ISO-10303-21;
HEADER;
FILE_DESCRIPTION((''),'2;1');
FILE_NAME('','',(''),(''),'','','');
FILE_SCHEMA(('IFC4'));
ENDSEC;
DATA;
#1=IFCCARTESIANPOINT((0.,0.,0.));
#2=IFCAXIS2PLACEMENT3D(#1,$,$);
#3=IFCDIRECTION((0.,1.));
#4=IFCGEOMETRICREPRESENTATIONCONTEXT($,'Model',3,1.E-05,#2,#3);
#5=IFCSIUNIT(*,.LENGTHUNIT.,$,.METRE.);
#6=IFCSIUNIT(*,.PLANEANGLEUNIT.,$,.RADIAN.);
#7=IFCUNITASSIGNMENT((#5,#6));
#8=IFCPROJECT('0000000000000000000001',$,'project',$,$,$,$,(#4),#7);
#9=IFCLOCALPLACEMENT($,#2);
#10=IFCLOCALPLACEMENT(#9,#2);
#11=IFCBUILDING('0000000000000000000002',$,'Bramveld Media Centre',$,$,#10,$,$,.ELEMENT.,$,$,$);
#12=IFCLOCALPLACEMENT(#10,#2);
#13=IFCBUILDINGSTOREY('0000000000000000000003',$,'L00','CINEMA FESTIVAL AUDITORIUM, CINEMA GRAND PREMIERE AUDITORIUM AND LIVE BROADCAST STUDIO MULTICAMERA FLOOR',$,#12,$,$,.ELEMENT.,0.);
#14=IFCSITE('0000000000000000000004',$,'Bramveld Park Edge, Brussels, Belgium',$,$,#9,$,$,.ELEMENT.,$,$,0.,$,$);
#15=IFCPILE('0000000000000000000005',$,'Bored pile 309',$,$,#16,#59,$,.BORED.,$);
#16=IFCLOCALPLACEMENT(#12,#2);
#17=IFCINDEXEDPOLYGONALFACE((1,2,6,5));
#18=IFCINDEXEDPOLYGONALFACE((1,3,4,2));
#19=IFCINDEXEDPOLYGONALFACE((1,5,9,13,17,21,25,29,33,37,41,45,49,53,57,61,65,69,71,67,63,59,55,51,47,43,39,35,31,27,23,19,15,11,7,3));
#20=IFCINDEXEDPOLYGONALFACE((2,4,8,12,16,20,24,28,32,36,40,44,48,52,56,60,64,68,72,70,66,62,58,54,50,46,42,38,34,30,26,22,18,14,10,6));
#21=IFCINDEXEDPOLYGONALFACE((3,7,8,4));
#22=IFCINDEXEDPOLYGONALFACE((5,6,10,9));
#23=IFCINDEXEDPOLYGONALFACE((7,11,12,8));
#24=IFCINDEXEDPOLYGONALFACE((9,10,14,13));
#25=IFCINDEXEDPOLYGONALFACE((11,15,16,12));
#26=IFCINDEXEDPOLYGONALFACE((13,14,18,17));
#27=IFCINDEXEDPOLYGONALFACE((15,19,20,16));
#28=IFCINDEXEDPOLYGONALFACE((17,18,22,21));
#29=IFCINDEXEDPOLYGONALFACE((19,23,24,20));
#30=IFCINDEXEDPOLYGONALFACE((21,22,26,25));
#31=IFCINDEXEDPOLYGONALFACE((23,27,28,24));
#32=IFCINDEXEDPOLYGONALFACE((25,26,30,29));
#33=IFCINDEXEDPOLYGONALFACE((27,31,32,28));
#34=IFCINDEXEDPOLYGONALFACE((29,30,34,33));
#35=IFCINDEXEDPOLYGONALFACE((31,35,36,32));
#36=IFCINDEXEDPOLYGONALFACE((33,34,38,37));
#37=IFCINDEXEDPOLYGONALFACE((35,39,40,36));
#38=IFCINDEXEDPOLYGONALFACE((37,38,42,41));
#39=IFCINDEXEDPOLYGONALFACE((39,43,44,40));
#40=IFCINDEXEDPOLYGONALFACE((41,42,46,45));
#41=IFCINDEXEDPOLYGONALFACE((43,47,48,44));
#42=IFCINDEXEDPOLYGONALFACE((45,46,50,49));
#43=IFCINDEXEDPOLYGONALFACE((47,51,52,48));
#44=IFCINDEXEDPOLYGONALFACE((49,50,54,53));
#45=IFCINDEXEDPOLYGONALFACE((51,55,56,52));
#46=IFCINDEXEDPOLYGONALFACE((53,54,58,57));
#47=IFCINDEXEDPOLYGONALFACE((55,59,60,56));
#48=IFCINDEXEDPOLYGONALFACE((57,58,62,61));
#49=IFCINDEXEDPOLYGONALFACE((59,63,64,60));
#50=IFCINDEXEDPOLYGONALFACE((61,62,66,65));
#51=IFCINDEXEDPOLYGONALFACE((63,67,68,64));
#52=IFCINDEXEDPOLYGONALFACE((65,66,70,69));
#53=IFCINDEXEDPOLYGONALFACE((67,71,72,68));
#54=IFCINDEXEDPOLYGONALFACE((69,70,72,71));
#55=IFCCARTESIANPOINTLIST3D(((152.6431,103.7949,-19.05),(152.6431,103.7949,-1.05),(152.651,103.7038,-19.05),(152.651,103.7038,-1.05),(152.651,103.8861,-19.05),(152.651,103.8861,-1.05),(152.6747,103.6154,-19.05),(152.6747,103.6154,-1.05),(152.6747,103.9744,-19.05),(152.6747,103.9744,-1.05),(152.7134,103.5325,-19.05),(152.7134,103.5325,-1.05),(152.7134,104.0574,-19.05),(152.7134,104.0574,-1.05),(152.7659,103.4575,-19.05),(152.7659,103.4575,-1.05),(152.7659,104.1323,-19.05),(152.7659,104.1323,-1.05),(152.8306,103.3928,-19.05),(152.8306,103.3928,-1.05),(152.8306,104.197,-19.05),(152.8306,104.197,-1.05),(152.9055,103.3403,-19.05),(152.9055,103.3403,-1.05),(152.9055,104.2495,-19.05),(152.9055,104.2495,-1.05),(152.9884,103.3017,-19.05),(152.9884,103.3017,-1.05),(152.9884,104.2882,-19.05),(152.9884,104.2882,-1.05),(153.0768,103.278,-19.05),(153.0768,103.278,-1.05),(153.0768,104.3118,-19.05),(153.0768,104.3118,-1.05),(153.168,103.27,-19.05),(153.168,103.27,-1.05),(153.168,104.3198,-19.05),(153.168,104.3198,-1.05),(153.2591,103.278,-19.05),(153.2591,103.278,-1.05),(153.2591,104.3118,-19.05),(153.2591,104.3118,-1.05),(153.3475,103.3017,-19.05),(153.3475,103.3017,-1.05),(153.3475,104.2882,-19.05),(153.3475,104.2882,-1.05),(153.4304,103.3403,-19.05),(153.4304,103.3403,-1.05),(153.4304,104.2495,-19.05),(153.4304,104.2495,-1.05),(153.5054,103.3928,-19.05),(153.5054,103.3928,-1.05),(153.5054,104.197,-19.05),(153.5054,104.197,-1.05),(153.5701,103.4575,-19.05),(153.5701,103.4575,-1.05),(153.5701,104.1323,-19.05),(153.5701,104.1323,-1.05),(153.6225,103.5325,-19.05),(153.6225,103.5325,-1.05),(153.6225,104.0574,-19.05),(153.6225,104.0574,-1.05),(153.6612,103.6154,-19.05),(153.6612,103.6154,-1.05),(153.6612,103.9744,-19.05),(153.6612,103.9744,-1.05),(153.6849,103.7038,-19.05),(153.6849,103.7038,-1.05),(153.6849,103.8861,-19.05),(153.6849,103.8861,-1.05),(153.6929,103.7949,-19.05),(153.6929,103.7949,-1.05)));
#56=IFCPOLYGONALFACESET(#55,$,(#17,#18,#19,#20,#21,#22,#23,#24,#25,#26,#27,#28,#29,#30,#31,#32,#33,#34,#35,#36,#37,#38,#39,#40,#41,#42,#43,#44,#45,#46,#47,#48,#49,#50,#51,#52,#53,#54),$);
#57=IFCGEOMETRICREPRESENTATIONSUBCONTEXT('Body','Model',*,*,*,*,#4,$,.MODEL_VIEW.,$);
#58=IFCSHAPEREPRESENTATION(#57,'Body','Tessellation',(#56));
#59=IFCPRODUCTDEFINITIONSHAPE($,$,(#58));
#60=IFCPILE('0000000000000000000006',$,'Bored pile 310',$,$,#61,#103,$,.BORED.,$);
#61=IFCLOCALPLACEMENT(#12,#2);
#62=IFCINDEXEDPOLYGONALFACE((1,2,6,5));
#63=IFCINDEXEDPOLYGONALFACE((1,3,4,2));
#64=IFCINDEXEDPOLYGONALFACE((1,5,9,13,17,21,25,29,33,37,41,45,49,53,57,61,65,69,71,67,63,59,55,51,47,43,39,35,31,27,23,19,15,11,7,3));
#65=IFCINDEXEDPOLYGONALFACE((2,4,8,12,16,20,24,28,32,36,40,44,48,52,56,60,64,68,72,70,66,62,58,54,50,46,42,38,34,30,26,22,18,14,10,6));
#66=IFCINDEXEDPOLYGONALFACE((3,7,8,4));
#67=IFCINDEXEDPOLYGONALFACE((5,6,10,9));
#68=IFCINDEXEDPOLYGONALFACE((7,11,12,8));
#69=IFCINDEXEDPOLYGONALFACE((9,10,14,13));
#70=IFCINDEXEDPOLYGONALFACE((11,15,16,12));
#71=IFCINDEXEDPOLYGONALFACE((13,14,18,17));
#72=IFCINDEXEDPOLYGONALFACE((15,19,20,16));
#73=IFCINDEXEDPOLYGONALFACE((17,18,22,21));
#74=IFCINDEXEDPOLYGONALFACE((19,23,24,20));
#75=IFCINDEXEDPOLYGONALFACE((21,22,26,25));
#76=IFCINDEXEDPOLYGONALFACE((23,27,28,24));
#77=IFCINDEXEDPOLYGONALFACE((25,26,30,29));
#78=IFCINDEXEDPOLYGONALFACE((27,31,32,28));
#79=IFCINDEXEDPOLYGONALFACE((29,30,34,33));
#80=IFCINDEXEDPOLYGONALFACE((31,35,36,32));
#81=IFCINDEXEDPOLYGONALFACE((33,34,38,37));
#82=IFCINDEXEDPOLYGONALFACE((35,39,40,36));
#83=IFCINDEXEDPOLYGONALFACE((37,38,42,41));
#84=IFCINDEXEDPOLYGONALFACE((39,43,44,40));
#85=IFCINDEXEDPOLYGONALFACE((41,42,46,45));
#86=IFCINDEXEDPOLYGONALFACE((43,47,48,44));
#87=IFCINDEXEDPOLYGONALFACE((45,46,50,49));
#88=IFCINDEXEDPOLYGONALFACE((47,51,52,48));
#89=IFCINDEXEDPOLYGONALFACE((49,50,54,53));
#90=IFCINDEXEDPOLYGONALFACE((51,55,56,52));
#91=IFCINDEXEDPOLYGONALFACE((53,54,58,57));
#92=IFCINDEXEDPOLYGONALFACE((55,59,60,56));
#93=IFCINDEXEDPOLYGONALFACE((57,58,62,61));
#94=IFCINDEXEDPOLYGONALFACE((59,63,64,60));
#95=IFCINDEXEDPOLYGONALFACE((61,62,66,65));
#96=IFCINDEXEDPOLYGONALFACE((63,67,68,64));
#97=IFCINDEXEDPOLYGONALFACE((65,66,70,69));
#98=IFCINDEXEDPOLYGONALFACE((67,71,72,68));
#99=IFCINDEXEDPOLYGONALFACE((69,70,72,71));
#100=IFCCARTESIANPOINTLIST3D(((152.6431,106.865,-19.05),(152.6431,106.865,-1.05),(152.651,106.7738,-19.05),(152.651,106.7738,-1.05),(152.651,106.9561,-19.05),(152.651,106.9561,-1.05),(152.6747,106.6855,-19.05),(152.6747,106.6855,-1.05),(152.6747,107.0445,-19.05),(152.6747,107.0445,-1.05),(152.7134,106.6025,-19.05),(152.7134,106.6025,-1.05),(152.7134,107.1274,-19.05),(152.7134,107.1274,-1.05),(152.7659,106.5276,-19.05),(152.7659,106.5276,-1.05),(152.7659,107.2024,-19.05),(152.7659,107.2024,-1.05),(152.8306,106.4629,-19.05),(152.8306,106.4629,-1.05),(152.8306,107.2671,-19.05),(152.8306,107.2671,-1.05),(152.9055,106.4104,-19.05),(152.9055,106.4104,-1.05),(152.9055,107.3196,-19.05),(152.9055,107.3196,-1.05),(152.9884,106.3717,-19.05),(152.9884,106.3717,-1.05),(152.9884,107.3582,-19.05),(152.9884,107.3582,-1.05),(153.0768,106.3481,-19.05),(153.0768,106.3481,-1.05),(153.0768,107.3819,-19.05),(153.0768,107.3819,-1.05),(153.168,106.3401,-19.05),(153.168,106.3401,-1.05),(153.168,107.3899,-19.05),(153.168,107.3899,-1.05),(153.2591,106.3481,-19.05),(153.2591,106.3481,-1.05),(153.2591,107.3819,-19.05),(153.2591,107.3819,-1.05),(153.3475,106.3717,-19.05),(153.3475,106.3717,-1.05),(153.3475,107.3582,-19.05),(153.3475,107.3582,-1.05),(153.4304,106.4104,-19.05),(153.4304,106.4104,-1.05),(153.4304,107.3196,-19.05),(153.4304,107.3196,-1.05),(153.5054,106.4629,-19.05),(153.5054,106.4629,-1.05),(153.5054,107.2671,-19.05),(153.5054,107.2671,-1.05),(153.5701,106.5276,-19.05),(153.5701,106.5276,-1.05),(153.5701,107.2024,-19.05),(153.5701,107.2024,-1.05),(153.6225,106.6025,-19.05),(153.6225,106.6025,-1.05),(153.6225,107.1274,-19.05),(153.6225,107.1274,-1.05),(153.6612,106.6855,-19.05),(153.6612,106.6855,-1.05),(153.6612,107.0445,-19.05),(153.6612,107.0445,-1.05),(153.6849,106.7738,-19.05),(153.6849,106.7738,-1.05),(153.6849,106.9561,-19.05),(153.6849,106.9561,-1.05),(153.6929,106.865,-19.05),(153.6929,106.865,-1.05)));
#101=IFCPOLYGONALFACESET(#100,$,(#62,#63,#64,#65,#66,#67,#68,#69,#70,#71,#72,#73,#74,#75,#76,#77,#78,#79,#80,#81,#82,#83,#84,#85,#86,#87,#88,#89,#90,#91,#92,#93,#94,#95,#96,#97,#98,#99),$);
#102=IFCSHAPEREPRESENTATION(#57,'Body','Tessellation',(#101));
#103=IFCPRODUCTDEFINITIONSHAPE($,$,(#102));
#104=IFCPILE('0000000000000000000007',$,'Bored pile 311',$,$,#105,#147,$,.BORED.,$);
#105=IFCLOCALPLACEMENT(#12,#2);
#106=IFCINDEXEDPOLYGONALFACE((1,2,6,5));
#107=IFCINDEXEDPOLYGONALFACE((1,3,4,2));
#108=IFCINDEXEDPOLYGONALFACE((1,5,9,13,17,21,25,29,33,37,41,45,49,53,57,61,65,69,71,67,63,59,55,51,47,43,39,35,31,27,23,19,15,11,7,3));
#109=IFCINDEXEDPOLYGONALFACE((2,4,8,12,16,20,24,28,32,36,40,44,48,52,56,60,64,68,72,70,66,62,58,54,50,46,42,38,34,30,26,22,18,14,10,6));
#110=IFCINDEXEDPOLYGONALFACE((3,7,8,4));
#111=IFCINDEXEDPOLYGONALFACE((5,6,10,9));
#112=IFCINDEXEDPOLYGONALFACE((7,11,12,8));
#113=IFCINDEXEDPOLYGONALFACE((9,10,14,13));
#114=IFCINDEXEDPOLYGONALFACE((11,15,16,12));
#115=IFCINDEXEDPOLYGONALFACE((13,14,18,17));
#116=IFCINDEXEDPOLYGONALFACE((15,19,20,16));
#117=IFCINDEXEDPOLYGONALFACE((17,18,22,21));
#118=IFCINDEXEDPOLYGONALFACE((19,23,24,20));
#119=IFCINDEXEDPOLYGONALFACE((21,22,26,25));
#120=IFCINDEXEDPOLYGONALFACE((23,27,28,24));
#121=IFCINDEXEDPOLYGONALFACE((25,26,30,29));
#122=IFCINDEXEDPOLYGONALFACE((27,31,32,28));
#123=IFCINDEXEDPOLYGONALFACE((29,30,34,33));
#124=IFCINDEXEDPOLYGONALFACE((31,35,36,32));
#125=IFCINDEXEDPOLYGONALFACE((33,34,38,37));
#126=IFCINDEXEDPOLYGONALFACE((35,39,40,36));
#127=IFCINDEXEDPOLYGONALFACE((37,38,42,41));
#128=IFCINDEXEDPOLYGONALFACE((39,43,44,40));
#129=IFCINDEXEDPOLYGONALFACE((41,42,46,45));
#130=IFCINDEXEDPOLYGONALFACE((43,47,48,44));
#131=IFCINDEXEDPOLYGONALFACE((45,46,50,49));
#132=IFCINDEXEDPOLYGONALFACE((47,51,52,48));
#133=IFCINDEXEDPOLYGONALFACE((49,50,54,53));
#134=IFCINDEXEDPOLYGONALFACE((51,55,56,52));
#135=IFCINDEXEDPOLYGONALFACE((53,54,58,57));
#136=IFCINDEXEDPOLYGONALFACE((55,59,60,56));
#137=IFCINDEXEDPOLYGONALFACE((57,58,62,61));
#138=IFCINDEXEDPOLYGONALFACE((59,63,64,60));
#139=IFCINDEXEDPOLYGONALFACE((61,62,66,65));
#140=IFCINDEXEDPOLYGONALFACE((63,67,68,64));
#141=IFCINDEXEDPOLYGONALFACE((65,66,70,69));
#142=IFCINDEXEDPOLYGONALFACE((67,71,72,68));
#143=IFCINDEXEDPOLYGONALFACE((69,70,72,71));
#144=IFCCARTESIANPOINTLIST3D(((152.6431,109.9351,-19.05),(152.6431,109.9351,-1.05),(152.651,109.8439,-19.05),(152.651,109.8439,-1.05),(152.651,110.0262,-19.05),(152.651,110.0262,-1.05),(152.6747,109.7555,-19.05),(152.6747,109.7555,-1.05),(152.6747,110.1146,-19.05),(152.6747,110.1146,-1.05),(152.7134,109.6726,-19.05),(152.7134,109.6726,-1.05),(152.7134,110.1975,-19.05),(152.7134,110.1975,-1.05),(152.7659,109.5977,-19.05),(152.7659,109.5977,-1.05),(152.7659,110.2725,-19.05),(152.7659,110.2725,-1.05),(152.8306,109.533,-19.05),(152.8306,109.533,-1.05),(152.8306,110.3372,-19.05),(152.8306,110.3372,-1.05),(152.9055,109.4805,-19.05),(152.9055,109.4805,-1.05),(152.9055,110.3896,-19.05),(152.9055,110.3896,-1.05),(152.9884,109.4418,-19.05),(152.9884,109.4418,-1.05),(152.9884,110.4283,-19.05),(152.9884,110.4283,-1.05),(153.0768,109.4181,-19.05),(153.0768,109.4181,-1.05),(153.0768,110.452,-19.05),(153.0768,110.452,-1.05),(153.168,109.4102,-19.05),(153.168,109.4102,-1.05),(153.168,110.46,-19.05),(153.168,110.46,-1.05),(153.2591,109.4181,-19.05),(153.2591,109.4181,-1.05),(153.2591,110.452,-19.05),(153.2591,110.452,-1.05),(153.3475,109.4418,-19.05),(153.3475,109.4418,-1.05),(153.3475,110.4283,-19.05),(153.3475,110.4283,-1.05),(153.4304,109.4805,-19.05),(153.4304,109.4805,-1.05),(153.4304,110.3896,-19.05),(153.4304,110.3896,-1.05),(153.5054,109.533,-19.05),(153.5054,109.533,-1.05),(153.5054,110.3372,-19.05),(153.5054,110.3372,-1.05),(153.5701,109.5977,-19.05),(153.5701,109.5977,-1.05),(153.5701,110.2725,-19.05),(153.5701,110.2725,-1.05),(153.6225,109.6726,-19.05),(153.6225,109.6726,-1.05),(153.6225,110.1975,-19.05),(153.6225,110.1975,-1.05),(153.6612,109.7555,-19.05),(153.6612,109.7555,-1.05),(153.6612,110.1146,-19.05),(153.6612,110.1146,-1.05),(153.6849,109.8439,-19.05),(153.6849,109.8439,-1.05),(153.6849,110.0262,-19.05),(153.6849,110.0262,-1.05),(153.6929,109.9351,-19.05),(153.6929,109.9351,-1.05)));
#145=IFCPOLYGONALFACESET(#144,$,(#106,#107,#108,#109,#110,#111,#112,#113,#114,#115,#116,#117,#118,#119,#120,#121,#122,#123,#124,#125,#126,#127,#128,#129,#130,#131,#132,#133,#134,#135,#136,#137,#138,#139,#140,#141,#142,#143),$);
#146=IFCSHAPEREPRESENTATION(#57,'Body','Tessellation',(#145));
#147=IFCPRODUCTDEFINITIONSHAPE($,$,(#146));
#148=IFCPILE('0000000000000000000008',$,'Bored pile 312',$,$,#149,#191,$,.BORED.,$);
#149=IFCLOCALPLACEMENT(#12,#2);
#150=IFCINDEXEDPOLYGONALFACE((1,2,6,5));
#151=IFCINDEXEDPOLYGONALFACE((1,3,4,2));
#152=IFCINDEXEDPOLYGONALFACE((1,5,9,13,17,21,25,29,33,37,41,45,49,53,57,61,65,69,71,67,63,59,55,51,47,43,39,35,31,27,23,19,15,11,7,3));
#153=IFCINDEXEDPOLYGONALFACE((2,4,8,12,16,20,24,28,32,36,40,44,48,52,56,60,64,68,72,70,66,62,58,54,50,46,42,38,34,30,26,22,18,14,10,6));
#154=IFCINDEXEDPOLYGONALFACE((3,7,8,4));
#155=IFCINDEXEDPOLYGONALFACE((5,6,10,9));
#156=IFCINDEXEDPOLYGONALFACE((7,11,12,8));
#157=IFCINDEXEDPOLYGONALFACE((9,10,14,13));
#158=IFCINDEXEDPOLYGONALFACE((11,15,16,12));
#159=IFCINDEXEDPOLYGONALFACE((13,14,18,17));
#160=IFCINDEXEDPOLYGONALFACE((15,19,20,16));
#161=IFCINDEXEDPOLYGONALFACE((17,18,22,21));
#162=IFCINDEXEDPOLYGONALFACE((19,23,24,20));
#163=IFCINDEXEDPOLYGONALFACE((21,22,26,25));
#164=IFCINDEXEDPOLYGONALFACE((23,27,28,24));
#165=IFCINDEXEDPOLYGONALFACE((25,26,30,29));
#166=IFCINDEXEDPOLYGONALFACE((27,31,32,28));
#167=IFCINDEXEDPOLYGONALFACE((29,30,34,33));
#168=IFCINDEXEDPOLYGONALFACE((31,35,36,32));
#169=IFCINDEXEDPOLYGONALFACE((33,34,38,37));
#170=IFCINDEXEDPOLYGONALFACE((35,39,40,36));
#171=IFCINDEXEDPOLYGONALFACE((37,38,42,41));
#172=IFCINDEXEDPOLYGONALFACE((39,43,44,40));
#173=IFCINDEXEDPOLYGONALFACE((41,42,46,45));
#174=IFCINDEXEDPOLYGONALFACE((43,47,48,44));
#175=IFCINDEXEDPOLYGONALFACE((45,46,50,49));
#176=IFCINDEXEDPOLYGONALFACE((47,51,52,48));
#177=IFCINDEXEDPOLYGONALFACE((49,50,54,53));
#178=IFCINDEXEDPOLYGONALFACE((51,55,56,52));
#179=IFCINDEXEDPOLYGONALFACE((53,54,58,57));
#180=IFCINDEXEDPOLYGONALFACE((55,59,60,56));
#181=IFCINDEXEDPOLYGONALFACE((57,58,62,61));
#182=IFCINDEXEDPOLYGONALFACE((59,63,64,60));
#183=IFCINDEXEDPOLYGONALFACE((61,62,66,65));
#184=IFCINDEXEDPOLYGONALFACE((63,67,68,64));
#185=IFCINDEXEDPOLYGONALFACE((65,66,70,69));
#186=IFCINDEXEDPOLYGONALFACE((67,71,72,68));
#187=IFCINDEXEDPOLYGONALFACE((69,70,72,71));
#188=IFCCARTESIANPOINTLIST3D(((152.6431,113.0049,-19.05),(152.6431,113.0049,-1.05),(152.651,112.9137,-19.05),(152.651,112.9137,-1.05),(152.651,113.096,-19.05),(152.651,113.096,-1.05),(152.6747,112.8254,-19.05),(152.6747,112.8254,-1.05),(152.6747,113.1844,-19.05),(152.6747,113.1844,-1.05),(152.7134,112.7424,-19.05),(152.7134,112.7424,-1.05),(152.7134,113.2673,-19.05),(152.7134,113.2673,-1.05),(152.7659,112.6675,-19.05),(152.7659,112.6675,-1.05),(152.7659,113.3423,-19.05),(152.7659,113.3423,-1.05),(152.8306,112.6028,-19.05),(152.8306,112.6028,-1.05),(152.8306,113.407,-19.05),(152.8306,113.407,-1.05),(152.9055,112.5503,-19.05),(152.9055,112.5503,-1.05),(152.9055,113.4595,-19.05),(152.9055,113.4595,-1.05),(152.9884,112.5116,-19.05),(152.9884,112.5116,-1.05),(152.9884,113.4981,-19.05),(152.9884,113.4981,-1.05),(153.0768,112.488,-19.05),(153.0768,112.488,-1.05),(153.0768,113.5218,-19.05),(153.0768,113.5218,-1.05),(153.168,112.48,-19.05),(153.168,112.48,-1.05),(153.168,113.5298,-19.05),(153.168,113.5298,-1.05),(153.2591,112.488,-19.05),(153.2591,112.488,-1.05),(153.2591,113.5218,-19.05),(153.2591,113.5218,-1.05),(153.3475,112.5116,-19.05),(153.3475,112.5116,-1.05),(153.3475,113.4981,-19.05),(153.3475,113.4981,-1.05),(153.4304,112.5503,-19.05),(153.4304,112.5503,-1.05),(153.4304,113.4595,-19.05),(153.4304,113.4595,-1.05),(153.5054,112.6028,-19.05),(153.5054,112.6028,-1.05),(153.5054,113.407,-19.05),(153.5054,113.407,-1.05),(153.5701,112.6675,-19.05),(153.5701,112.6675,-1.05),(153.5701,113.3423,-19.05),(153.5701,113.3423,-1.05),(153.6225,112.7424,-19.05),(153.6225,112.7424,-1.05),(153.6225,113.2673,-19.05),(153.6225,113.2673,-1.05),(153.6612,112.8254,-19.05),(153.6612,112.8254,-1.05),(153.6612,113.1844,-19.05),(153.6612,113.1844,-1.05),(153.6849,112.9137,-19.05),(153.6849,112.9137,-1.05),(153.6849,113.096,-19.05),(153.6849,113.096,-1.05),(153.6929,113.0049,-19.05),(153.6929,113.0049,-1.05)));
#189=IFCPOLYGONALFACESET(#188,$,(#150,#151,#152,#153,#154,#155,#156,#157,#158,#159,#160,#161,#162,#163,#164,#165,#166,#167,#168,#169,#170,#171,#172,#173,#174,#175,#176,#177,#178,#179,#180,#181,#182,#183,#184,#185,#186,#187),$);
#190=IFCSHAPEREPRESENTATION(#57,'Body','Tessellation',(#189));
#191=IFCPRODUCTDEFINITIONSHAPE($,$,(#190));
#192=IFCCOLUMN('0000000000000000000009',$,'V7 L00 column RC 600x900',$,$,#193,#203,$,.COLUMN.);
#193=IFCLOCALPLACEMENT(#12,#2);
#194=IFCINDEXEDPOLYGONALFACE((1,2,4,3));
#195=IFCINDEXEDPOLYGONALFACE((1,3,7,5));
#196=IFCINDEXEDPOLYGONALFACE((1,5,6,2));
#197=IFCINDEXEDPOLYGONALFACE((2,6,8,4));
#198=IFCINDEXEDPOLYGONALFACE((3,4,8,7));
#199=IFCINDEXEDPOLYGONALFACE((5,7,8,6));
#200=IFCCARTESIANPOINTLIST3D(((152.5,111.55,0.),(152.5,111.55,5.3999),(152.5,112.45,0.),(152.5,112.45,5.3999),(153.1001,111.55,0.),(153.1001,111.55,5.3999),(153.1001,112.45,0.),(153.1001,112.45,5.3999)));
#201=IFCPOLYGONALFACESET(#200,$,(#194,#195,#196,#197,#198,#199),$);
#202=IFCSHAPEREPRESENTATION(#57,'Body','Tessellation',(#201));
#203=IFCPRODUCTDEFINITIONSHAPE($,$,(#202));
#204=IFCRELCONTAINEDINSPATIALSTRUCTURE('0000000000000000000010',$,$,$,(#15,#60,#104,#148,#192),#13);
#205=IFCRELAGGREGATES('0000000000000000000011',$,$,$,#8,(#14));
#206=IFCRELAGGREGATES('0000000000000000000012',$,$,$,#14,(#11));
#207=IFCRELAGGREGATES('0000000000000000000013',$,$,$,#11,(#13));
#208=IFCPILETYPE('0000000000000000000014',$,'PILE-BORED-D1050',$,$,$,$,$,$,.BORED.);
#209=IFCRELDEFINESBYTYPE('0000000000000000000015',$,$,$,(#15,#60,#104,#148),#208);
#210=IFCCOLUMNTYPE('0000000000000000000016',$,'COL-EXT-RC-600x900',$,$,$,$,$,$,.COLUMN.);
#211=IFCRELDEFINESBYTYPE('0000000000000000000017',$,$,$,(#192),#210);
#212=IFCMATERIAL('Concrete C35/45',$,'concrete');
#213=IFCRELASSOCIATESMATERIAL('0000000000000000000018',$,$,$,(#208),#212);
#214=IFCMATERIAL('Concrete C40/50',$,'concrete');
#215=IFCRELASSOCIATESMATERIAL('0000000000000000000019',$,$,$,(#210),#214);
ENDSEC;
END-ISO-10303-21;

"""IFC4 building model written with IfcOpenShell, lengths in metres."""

from ifc_helpers import new_model, si_unit, direction, frame, origin, origin_2d, place, context, subcontext, project, spatial, rectangle, circle, extrude, material, material_profile, profile_set, type_object, element, save


model = new_model("IFC4")

# Units and contexts
model_context = context("Model", 3, precision=1e-05, world=origin(), true_north=direction((0.0, 1.0)))
body_context = subcontext(model_context, "Body", "Model", "MODEL_VIEW")
ifc_project = project(units=[si_unit("LENGTHUNIT", "METRE"), si_unit("PLANEANGLEUNIT", "RADIAN")], contexts=[model_context])

# Site, building, storey
site_placement = place(None, origin())
site = spatial("IfcSite", under=ifc_project, at=site_placement, Name="Bramveld Park Edge, Brussels, Belgium", CompositionType="ELEMENT", RefElevation=0.0)
building_placement = place(site_placement, origin())
building = spatial("IfcBuilding", under=site, at=building_placement, Name="Bramveld Media Centre", CompositionType="ELEMENT")
storey_placement = place(building_placement, origin())
storey = spatial("IfcBuildingStorey", under=building, at=storey_placement, Name="L00", Description="CINEMA FESTIVAL AUDITORIUM, CINEMA GRAND PREMIERE AUDITORIUM AND LIVE BROADCAST STUDIO MULTICAMERA FLOOR", CompositionType="ELEMENT", Elevation=0.0)

# Piles
ifc_material_1 = material(Name="Concrete C35/45", Category="concrete")
ifc_material_profile_1 = material_profile(ifc_material_1, circle(Radius=0.5249, at=origin_2d()), Name="BORED D1050")
ifc_profile_set_1 = profile_set([ifc_material_profile_1], Name="Concrete C35/45")
pile_type = type_object("IfcPileType", Name="PILE-BORED-D1050", PredefinedType="BORED", material=ifc_profile_set_1)
for number, where, z_axis, x_axis, name in (
    (1, (153.168, 103.7949, -1.05), (0.0, 0.0, -1.0), (1.0, 0.0, 0.0), "Bored pile 309"),
    (2, (153.168, 106.865, -1.05), (0.0, 0.0, -1.0), (1.0, 0.0, 0.0), "Bored pile 310"),
    (3, (153.168, 109.9351, -1.05), (0.0, 0.0, -1.0), (1.0, 0.0, 0.0), "Bored pile 311"),
    (4, (153.168, 113.0049, -1.05), (0.0, 0.0, -1.0), (1.0, 0.0, 0.0), "Bored pile 312"),
):
    element("IfcPile", number, at=place(storey_placement, frame(where, z_axis=z_axis, x_axis=x_axis)), inside=storey, type_object=pile_type, Name=name, PredefinedType="BORED", context=body_context, shape_type="SweptSolid", body=[
        extrude(circle(Radius=0.5249, at=origin_2d()), origin(), (0.0, 0.0, 1.0), 18.0),
    ])

# Column
ifc_material_2 = material(Name="Concrete C40/50", Category="concrete")
ifc_material_profile_2 = material_profile(ifc_material_2, rectangle(XDim=0.6001, YDim=0.8999, at=origin_2d()), Name="RC 600x900")
ifc_profile_set_2 = profile_set([ifc_material_profile_2], Name="Concrete C40/50")
column_type_1 = type_object("IfcColumnType", Name="COL-EXT-RC-600x900", PredefinedType="COLUMN", material=ifc_profile_set_2)
column_1_placement = place(storey_placement, frame((152.8, 112.0, 0.0), z_axis=(0.0, 0.0, 1.0), x_axis=(1.0, 0.0, 0.0)))
element("IfcColumn", 5, at=column_1_placement, inside=storey, type_object=column_type_1, Name="V7 L00 column RC 600x900", PredefinedType="COLUMN", context=body_context, shape_type="SweptSolid", body=[
    extrude(rectangle(XDim=0.6001, YDim=0.8999, at=origin_2d()), origin(), (0.0, 0.0, 1.0), 5.3999),
])

save(model, "model.ifc")
